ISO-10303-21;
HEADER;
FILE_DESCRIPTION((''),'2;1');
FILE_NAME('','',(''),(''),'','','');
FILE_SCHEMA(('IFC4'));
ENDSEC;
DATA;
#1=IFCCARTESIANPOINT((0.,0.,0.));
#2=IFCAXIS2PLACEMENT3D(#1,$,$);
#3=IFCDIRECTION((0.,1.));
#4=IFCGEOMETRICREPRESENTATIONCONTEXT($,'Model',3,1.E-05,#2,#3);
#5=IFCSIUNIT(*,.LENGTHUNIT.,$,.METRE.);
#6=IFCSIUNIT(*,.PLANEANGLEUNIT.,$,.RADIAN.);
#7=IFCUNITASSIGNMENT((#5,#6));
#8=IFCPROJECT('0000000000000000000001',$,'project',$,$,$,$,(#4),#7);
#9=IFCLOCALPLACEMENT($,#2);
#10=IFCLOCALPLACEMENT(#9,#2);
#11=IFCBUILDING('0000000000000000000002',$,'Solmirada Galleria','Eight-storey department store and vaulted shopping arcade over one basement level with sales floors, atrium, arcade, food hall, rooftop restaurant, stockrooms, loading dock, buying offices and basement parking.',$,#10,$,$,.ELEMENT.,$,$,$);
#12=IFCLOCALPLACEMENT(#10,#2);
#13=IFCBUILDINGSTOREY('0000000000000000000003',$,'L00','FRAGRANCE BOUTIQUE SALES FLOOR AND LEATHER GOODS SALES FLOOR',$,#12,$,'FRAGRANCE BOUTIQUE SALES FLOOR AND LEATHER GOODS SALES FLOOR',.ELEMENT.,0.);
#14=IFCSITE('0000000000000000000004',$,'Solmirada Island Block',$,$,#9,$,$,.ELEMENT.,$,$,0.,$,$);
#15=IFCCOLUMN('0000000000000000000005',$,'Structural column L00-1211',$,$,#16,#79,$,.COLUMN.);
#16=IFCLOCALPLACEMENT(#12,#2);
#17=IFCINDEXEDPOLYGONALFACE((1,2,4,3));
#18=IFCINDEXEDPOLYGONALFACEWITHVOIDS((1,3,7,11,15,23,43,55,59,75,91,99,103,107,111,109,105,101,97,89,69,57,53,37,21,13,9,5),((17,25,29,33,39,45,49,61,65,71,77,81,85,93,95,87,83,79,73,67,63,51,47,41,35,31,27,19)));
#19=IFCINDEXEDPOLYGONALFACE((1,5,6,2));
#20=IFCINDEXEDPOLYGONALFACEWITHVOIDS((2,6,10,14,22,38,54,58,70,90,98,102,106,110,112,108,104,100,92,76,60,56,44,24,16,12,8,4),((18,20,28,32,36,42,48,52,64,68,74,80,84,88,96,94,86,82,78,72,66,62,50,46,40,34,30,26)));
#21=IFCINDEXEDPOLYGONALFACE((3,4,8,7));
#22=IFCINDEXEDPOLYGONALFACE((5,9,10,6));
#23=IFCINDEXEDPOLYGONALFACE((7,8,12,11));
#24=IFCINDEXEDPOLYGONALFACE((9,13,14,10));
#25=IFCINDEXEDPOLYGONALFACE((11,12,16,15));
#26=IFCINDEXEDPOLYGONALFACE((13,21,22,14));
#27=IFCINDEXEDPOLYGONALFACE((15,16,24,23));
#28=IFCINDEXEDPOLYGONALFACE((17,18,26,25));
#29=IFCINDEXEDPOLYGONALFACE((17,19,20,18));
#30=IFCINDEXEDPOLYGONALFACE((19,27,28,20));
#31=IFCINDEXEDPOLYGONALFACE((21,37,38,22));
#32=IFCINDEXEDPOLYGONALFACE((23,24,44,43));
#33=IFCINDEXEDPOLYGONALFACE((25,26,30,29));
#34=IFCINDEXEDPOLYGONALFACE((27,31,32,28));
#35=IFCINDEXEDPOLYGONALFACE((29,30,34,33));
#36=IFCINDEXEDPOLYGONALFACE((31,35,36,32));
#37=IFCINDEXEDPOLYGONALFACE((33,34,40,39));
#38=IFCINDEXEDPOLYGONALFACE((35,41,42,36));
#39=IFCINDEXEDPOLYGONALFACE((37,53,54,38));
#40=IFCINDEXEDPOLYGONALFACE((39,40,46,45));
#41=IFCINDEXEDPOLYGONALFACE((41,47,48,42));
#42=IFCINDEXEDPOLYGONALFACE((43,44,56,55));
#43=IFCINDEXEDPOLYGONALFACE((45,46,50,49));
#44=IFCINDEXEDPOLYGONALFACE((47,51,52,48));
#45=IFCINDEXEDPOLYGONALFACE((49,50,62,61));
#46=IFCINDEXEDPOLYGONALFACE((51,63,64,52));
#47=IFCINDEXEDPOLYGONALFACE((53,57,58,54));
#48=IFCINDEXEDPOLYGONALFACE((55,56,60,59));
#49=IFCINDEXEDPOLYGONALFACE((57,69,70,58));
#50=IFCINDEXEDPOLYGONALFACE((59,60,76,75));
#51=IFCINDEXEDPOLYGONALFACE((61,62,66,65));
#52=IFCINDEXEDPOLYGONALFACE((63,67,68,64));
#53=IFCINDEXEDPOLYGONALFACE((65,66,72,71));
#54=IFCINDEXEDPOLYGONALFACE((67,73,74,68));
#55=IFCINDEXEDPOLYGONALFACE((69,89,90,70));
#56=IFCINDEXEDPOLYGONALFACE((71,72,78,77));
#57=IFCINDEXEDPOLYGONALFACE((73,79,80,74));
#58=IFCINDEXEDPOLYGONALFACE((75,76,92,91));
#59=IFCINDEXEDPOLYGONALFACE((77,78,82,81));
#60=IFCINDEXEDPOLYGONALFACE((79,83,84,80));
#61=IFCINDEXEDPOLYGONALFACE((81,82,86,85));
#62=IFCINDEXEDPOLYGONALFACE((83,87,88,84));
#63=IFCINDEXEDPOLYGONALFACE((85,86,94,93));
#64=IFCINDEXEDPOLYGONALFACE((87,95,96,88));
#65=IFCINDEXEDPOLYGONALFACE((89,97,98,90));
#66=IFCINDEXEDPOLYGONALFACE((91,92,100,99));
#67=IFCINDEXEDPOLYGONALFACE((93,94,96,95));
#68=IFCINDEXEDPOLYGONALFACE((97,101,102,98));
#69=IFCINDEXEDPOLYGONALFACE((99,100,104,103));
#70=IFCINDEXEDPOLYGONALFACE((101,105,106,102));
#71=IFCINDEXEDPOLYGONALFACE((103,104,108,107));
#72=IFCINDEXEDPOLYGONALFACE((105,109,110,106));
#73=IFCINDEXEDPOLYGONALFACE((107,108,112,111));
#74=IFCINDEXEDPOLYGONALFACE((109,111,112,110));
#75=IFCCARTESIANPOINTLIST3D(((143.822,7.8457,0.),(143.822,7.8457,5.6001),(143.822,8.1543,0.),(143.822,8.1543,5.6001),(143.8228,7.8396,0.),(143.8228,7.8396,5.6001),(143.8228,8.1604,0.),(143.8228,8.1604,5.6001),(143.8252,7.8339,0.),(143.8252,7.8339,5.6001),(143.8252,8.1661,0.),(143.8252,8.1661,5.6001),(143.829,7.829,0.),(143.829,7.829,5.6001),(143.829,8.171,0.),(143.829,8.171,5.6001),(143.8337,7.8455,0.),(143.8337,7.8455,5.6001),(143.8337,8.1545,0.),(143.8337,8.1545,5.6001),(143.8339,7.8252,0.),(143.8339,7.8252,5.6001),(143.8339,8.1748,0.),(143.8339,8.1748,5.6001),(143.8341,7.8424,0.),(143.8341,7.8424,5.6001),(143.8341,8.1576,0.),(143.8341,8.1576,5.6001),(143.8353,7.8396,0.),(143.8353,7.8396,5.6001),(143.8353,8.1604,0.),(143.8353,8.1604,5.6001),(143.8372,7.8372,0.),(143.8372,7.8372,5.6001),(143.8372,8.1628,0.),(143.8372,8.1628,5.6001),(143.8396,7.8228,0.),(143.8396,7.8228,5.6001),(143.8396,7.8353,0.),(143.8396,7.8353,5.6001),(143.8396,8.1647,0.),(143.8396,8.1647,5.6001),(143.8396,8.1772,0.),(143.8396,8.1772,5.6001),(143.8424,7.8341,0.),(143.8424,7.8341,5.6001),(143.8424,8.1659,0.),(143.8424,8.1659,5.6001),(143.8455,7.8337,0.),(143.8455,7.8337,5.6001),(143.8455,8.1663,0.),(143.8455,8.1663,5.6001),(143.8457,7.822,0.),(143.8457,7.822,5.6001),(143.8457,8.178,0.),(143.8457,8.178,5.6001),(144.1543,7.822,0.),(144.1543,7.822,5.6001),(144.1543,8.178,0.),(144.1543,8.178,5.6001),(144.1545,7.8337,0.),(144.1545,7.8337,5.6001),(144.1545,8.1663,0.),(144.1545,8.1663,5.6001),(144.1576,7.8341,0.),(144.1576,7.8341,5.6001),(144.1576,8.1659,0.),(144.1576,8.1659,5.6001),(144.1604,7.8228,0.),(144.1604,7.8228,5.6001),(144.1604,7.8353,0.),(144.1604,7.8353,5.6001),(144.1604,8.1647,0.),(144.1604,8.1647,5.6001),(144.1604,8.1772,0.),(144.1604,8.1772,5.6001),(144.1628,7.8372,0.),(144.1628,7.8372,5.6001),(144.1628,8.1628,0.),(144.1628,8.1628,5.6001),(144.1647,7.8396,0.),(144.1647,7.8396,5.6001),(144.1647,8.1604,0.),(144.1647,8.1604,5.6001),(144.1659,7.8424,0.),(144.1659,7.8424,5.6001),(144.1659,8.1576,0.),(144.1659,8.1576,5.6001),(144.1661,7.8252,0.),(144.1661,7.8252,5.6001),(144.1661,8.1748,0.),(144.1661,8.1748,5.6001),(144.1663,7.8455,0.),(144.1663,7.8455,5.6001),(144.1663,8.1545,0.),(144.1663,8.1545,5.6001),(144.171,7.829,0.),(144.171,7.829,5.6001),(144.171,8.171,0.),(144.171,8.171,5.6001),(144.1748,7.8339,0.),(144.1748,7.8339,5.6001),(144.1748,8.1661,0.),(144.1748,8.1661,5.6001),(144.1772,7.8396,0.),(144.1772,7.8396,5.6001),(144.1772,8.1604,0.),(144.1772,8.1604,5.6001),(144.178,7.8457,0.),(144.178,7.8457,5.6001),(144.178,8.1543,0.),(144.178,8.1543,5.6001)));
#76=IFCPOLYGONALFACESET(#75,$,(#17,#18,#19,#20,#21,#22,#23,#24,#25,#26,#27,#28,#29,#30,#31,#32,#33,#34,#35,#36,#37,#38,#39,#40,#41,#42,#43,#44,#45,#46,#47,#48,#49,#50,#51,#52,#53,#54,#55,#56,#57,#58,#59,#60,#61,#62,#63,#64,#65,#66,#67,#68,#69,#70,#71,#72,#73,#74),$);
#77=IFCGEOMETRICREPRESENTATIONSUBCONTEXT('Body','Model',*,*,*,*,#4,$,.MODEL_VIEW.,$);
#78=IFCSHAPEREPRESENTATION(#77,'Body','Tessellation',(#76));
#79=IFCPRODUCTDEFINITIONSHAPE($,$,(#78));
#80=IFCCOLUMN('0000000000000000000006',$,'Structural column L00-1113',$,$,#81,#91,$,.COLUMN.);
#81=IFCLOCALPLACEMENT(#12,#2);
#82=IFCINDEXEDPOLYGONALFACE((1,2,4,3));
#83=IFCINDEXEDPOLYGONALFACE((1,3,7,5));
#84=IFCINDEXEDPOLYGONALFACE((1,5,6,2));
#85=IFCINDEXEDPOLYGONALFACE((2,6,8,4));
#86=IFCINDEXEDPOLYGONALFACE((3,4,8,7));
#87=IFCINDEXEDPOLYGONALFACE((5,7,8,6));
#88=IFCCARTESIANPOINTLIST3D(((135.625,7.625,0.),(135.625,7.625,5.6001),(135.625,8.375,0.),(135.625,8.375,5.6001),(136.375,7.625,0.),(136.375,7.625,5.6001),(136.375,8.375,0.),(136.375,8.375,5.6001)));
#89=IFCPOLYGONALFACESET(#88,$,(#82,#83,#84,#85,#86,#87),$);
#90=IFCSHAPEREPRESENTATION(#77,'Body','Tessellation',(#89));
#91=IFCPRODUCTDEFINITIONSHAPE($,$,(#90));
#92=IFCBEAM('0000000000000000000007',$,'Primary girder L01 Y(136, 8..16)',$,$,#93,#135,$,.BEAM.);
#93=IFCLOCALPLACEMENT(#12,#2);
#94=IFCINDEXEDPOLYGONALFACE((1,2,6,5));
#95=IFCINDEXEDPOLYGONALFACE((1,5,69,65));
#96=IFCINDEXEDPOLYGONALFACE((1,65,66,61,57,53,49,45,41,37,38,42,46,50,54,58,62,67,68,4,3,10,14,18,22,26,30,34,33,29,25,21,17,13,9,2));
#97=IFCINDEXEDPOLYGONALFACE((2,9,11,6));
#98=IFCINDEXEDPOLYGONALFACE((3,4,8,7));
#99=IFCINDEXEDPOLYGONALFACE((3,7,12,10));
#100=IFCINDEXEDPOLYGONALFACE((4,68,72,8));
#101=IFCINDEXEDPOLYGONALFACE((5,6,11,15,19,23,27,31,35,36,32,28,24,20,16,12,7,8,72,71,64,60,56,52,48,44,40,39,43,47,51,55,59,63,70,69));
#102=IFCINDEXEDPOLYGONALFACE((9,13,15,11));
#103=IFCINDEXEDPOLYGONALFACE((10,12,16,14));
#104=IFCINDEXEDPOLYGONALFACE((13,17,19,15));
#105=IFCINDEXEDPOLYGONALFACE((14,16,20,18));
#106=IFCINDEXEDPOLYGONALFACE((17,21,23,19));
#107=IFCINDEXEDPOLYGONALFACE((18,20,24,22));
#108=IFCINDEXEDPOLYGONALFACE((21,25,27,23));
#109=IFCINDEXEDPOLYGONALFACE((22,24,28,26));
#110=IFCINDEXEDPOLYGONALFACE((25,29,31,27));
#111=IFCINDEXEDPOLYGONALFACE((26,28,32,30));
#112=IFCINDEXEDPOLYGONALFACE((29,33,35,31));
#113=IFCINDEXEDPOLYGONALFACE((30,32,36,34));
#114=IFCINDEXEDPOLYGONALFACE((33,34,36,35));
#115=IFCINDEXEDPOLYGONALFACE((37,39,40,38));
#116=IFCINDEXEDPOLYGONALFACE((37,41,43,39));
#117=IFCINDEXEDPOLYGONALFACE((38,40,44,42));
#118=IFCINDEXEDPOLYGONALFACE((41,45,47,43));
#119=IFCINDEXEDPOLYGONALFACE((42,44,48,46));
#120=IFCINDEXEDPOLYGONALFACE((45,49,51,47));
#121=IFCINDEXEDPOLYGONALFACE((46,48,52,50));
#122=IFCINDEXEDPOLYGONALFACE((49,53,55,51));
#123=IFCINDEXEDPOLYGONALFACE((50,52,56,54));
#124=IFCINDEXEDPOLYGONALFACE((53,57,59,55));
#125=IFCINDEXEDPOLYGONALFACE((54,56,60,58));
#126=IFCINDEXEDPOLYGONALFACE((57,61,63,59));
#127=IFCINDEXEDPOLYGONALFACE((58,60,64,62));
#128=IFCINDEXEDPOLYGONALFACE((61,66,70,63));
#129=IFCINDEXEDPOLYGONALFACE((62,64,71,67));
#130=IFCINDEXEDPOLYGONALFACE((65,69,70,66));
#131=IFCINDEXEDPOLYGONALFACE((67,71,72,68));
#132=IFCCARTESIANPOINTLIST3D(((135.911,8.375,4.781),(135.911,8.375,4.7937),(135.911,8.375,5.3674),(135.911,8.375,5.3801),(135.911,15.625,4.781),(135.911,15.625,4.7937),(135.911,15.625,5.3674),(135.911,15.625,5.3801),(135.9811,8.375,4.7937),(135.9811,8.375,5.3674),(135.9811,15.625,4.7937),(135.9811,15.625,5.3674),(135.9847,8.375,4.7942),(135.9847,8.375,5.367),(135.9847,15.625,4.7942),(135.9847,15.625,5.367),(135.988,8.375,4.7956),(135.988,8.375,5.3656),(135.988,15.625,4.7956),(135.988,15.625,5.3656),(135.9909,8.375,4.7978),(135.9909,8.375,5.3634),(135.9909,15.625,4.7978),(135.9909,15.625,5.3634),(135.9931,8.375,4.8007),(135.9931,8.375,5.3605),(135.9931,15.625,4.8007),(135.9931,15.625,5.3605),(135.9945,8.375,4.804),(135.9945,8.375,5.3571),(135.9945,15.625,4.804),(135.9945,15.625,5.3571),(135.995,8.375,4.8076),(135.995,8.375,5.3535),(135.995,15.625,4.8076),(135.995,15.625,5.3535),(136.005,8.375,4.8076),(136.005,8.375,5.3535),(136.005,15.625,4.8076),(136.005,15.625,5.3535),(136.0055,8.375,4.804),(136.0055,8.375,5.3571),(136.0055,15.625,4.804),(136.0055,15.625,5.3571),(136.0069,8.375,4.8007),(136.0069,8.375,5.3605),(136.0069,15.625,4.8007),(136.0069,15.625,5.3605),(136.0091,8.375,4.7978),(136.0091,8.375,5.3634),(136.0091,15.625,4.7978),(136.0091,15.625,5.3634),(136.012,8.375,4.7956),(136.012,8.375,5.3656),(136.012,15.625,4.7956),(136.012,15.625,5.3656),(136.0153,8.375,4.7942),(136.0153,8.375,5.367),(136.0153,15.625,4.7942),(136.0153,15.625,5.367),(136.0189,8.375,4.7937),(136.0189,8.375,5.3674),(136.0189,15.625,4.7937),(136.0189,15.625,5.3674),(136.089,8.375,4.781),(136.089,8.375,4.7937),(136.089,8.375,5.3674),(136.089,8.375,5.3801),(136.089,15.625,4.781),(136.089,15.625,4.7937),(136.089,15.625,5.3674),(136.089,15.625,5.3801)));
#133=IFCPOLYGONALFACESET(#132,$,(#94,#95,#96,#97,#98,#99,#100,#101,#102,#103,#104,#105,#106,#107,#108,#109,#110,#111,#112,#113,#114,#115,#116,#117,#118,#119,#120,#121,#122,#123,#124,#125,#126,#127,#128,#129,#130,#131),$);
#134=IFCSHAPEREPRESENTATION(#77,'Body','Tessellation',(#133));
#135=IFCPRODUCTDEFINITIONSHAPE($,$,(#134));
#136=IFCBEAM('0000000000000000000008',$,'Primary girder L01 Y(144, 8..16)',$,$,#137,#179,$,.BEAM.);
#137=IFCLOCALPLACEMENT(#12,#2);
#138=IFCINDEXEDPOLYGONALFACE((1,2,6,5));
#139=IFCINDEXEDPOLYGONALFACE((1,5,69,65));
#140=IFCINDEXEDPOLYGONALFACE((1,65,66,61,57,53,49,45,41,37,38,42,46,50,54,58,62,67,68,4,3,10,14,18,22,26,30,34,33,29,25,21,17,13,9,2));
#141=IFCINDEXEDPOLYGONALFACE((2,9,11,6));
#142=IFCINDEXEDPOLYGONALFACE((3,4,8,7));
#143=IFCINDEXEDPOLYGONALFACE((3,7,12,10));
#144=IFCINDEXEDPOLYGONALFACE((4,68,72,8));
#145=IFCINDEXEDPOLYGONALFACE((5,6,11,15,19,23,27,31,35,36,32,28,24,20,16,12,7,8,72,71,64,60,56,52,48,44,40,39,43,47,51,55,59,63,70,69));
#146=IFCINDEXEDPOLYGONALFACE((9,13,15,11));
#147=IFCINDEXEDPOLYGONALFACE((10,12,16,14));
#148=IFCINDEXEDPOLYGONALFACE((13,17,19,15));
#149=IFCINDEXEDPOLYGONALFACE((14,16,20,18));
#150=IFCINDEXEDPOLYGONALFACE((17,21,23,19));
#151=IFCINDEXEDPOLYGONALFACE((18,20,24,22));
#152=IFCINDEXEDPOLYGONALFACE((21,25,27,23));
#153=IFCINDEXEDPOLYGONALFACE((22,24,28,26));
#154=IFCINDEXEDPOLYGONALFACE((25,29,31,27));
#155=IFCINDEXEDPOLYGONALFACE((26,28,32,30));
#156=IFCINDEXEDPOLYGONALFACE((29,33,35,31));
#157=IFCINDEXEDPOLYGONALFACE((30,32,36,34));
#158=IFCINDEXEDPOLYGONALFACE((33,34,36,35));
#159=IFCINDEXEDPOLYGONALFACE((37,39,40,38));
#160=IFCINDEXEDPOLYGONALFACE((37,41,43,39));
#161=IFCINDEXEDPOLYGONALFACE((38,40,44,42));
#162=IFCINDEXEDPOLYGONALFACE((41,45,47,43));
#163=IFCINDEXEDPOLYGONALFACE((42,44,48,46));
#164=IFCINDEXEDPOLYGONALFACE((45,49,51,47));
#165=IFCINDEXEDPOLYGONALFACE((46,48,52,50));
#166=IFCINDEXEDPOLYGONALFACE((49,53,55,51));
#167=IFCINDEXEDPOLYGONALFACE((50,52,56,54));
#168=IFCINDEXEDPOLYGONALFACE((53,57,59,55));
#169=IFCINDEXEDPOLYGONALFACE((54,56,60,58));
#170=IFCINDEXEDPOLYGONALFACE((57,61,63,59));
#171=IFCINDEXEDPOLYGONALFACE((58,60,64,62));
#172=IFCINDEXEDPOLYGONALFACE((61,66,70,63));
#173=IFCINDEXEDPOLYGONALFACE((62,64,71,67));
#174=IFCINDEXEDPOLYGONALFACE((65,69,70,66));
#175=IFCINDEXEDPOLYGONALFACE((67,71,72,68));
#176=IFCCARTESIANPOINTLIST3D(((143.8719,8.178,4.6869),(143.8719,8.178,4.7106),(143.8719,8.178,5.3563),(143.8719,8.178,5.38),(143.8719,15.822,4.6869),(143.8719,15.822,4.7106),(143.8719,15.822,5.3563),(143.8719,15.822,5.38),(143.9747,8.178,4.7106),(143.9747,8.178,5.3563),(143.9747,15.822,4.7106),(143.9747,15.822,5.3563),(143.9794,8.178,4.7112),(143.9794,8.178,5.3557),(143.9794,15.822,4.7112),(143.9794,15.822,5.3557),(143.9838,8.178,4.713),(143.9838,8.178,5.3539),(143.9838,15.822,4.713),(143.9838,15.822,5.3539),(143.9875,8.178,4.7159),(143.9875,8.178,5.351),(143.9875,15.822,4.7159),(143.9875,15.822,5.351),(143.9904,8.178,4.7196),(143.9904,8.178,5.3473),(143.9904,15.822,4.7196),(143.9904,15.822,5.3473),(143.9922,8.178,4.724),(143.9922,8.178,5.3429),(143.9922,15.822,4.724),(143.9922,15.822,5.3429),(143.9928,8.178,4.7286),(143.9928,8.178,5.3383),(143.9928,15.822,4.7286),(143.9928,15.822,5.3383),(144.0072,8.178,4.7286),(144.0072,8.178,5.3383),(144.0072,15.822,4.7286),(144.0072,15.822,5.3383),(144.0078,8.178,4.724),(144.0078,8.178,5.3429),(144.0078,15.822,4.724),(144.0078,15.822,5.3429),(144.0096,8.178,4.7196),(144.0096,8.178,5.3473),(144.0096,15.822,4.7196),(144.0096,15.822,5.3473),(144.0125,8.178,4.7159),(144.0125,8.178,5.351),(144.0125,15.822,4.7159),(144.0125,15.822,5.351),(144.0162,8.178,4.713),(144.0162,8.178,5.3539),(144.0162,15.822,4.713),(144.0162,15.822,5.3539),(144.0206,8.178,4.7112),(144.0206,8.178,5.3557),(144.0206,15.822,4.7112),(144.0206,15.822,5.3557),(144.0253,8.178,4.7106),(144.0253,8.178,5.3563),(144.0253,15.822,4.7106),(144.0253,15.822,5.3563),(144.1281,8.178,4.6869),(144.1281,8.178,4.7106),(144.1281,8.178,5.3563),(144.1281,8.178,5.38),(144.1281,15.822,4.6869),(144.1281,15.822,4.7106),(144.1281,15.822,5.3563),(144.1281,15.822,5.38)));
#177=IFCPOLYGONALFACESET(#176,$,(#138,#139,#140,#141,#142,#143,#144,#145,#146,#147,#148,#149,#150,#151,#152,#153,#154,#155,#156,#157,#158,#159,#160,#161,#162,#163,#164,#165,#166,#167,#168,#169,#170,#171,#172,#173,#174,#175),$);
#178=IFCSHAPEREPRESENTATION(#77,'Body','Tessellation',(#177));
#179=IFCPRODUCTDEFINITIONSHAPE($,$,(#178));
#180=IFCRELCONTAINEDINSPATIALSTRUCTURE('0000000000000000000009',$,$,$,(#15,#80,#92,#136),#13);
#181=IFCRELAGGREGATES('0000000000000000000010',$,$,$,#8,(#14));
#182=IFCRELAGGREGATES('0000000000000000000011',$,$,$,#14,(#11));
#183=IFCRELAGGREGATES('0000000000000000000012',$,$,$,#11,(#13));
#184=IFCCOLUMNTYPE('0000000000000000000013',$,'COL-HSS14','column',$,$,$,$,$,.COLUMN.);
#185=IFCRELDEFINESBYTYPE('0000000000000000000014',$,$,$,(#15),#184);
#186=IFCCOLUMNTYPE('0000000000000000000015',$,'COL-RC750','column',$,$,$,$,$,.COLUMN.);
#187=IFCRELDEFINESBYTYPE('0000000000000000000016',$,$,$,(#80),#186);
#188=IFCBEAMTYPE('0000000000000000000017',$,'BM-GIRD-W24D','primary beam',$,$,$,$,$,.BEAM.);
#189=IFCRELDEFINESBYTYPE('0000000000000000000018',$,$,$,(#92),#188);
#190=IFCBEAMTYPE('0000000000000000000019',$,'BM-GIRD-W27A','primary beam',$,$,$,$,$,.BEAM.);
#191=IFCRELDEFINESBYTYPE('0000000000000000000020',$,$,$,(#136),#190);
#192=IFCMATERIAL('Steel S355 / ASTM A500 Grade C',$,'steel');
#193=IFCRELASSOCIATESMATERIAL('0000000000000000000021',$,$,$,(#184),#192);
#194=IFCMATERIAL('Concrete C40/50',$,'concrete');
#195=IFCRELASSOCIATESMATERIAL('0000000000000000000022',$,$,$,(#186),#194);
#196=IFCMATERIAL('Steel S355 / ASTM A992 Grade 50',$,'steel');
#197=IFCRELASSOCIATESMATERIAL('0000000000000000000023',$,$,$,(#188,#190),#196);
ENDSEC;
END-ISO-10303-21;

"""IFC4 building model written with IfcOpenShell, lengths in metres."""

from ifc_helpers import new_model, si_unit, direction, frame, origin, origin_2d, place, context, subcontext, project, spatial, rectangle, hollow_rectangle, i_section, extrude, material, material_profile, profile_set, type_object, element, save


model = new_model("IFC4")

# Units and contexts
model_context = context("Model", 3, precision=1e-05, world=origin(), true_north=direction((0.0, 1.0)))
body_context = subcontext(model_context, "Body", "Model", "MODEL_VIEW")
ifc_project = project(units=[si_unit("LENGTHUNIT", "METRE"), si_unit("PLANEANGLEUNIT", "RADIAN")], contexts=[model_context])

# Site, building, storey
site_placement = place(None, origin())
site = spatial("IfcSite", under=ifc_project, at=site_placement, Name="Solmirada Island Block", CompositionType="ELEMENT", RefElevation=0.0)
building_placement = place(site_placement, origin())
building = spatial("IfcBuilding", under=site, at=building_placement, Name="Solmirada Galleria", Description="Eight-storey department store and vaulted shopping arcade over one basement level with sales floors, atrium, arcade, food hall, rooftop restaurant, stockrooms, loading dock, buying offices and basement parking.", CompositionType="ELEMENT")
storey_placement = place(building_placement, origin())
storey = spatial("IfcBuildingStorey", under=building, at=storey_placement, Name="L00", Description="FRAGRANCE BOUTIQUE SALES FLOOR AND LEATHER GOODS SALES FLOOR", LongName="FRAGRANCE BOUTIQUE SALES FLOOR AND LEATHER GOODS SALES FLOOR", CompositionType="ELEMENT", Elevation=0.0)

# Columns
ifc_material_1 = material(Name="Steel S355 / ASTM A500 Grade C", Category="steel")
ifc_material_profile_1 = material_profile(ifc_material_1, hollow_rectangle(XDim=0.356, YDim=0.356, WallThickness=0.0117, InnerFilletRadius=0.0117, OuterFilletRadius=0.0237, at=origin_2d()), Name="HSS14X14X1/2")
ifc_profile_set_1 = profile_set([ifc_material_profile_1], Name="Steel S355 / ASTM A500 Grade C")
column_type_1 = type_object("IfcColumnType", Name="COL-HSS14", Description="column", PredefinedType="COLUMN", material=ifc_profile_set_1)
column_1_placement = place(storey_placement, frame((144.0, 8.0, 0.0), z_axis=(0.0, 0.0, 1.0), x_axis=(1.0, 0.0, 0.0)))
element("IfcColumn", 1, at=column_1_placement, inside=storey, type_object=column_type_1, Name="Structural column L00-1211", PredefinedType="COLUMN", context=body_context, shape_type="SweptSolid", body=[
    extrude(hollow_rectangle(XDim=0.356, YDim=0.356, WallThickness=0.0117, InnerFilletRadius=0.0117, OuterFilletRadius=0.0237, at=origin_2d()), origin(), (0.0, 0.0, 1.0), 5.6001),
])
ifc_material_2 = material(Name="Concrete C40/50", Category="concrete")
ifc_material_profile_2 = material_profile(ifc_material_2, rectangle(XDim=0.75, YDim=0.75, at=origin_2d()), Name="RC750X750")
ifc_profile_set_2 = profile_set([ifc_material_profile_2], Name="Concrete C40/50")
column_type_2 = type_object("IfcColumnType", Name="COL-RC750", Description="column", PredefinedType="COLUMN", material=ifc_profile_set_2)
column_2_placement = place(storey_placement, frame((136.0, 8.0, 0.0), z_axis=(0.0, 0.0, 1.0), x_axis=(1.0, 0.0, 0.0)))
element("IfcColumn", 2, at=column_2_placement, inside=storey, type_object=column_type_2, Name="Structural column L00-1113", PredefinedType="COLUMN", context=body_context, shape_type="SweptSolid", body=[
    extrude(rectangle(XDim=0.75, YDim=0.75, at=origin_2d()), origin(), (0.0, 0.0, 1.0), 5.6001),
])

# Beams
ifc_material_3 = material(Name="Steel S355 / ASTM A992 Grade 50", Category="steel")
ifc_material_profile_3 = material_profile(ifc_material_3, i_section(OverallWidth=0.178, OverallDepth=0.5991, WebThickness=0.01, FlangeThickness=0.0127, FilletRadius=0.0139, at=origin_2d()), Name="W24X55")
ifc_profile_set_3 = profile_set([ifc_material_profile_3], Name="Steel S355 / ASTM A992 Grade 50")
beam_type_1 = type_object("IfcBeamType", Name="BM-GIRD-W24D", Description="primary beam", PredefinedType="BEAM", material=ifc_profile_set_3)
beam_1_placement = place(storey_placement, frame((136.0, 8.375, 5.0806), z_axis=(0.0, 1.0, 0.0), x_axis=(-1.0, 0.0, 0.0)))
element("IfcBeam", 3, at=beam_1_placement, inside=storey, type_object=beam_type_1, Name="Primary girder L01 Y(136, 8..16)", PredefinedType="BEAM", context=body_context, shape_type="SweptSolid", body=[
    extrude(i_section(OverallWidth=0.178, OverallDepth=0.5991, WebThickness=0.01, FlangeThickness=0.0127, FilletRadius=0.0139, at=origin_2d()), origin(), (0.0, 0.0, 1.0), 7.25),
])
ifc_material_profile_4 = material_profile(ifc_material_3, i_section(OverallWidth=0.2561, OverallDepth=0.6931, WebThickness=0.0144, FlangeThickness=0.0237, FilletRadius=0.0181, at=origin_2d()), Name="W27X114")
ifc_profile_set_4 = profile_set([ifc_material_profile_4], Name="Steel S355 / ASTM A992 Grade 50")
beam_type_2 = type_object("IfcBeamType", Name="BM-GIRD-W27A", Description="primary beam", PredefinedType="BEAM", material=ifc_profile_set_4)
beam_2_placement = place(storey_placement, frame((144.0, 8.178, 5.0334), z_axis=(0.0, 1.0, 0.0), x_axis=(-1.0, 0.0, 0.0)))
element("IfcBeam", 4, at=beam_2_placement, inside=storey, type_object=beam_type_2, Name="Primary girder L01 Y(144, 8..16)", PredefinedType="BEAM", context=body_context, shape_type="SweptSolid", body=[
    extrude(i_section(OverallWidth=0.2561, OverallDepth=0.6931, WebThickness=0.0144, FlangeThickness=0.0237, FilletRadius=0.0181, at=origin_2d()), origin(), (0.0, 0.0, 1.0), 7.644),
])

save(model, "model.ifc")
